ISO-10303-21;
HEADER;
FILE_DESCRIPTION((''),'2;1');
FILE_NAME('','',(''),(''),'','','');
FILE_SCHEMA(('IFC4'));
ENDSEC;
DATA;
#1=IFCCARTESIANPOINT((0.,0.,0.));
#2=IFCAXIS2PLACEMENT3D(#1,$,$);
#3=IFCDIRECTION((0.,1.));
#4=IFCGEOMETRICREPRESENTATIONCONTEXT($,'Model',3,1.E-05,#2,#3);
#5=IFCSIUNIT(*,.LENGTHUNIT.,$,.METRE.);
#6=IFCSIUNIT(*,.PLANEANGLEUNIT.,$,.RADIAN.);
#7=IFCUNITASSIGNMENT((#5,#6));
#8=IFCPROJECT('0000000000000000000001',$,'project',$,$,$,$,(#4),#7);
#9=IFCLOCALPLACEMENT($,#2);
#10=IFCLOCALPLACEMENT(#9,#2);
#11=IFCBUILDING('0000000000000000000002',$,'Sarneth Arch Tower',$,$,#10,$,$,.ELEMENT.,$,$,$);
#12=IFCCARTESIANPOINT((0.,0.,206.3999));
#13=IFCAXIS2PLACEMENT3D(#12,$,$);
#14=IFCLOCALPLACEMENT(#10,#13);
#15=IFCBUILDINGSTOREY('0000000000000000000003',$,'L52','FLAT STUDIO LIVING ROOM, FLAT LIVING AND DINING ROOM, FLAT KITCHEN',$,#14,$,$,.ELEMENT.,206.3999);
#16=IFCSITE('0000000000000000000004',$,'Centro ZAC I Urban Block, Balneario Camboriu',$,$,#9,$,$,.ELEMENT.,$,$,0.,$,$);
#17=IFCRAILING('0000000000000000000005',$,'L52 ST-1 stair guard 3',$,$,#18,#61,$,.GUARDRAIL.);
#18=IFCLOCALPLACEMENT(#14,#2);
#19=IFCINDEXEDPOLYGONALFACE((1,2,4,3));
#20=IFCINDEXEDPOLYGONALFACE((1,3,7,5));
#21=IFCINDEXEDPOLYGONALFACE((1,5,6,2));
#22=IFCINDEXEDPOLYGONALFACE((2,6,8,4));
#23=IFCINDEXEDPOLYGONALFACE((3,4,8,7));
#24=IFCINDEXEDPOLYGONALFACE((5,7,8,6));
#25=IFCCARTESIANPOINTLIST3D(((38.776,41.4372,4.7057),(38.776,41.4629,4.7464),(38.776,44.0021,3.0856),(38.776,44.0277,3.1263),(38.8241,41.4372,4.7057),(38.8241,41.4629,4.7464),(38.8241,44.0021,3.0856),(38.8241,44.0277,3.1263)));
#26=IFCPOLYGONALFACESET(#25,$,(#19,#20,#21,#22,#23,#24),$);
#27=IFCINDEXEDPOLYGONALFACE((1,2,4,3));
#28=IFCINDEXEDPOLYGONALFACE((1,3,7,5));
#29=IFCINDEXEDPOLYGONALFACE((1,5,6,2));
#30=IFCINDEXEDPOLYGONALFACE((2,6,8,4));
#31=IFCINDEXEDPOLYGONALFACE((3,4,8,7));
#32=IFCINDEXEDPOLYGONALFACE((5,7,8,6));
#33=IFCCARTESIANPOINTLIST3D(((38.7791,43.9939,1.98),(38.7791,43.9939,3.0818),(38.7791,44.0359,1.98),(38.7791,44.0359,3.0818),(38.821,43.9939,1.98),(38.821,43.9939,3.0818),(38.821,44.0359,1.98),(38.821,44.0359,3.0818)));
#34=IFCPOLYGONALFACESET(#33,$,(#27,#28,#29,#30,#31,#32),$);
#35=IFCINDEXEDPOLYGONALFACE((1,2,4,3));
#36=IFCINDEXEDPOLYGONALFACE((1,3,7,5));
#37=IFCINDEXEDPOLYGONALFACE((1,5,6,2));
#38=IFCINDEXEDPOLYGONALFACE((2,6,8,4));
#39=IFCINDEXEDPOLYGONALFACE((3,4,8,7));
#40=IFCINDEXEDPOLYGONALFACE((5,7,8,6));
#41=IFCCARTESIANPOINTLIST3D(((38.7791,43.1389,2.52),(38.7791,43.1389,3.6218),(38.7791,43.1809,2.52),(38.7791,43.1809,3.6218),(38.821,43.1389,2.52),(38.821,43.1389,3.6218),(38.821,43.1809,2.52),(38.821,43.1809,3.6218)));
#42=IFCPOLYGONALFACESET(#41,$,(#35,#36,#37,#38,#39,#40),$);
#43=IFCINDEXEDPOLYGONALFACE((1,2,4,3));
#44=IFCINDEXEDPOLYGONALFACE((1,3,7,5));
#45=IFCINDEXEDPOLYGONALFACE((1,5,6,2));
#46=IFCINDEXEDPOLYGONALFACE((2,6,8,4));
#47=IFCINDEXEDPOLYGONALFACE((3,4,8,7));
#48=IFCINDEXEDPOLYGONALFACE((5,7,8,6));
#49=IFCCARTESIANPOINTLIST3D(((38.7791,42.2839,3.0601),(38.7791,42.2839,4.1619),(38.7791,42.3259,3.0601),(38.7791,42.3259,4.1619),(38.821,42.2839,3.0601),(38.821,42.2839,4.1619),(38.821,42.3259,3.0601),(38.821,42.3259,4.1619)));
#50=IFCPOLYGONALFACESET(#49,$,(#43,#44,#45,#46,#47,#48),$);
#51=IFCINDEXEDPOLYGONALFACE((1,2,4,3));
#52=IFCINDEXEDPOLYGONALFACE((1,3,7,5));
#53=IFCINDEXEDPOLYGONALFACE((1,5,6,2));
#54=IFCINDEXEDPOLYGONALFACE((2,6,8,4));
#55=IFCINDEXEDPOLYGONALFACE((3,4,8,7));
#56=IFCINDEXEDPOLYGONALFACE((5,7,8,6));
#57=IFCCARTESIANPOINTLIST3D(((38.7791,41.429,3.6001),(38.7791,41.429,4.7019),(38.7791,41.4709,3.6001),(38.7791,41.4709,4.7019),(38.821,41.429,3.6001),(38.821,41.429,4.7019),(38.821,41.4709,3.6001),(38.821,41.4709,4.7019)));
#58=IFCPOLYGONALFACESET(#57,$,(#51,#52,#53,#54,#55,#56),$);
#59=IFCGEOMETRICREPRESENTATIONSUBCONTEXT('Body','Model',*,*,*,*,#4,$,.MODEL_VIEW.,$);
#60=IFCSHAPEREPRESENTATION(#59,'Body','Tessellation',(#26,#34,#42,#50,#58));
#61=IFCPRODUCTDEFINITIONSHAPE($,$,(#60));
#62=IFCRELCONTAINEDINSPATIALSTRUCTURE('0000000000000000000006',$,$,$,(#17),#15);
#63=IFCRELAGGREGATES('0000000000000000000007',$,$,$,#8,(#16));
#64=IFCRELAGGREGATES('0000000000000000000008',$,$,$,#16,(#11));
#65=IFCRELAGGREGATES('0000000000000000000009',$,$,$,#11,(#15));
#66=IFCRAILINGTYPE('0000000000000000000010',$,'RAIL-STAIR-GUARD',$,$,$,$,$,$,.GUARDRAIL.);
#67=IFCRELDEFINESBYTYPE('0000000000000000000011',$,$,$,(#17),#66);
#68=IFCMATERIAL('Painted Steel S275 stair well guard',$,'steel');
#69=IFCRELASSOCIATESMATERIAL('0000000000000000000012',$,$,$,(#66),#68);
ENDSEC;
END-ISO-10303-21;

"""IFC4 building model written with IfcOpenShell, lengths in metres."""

from ifc_helpers import new_model, si_unit, direction, frame, origin, origin_2d, place, context, subcontext, project, spatial, rectangle, extrude, material, type_object, element, save


model = new_model("IFC4")

# Units and contexts
model_context = context("Model", 3, precision=1e-05, world=origin(), true_north=direction((0.0, 1.0)))
body_context = subcontext(model_context, "Body", "Model", "MODEL_VIEW")
ifc_project = project(units=[si_unit("LENGTHUNIT", "METRE"), si_unit("PLANEANGLEUNIT", "RADIAN")], contexts=[model_context])

# Site, building, storey
site_placement = place(None, origin())
site = spatial("IfcSite", under=ifc_project, at=site_placement, Name="Centro ZAC I Urban Block, Balneario Camboriu", CompositionType="ELEMENT", RefElevation=0.0)
building_placement = place(site_placement, origin())
building = spatial("IfcBuilding", under=site, at=building_placement, Name="Sarneth Arch Tower", CompositionType="ELEMENT")
storey_placement = place(building_placement, frame((0.0, 0.0, 206.3999)))
storey = spatial("IfcBuildingStorey", under=building, at=storey_placement, Name="L52", Description="FLAT STUDIO LIVING ROOM, FLAT LIVING AND DINING ROOM, FLAT KITCHEN", CompositionType="ELEMENT", Elevation=206.3999)

# Railing
ifc_material_1 = material(Name="Painted Steel S275 stair well guard", Category="steel")
railing_type_1 = type_object("IfcRailingType", Name="RAIL-STAIR-GUARD", PredefinedType="GUARDRAIL", material=ifc_material_1)
railing_1_placement = place(storey_placement, frame((38.8, 44.0149, 1.98)))
element("IfcRailing", 1, at=railing_1_placement, inside=storey, type_object=railing_type_1, Name="L52 ST-1 stair guard 3", PredefinedType="GUARDRAIL", context=body_context, shape_type="SweptSolid", body=[
    extrude(rectangle(XDim=0.0481, YDim=0.0481, at=origin_2d()), frame((0.0, 0.0, 1.126), z_axis=(0.0, -0.845466, 0.534029), x_axis=(1.0, 0.0, 0.0)), (0.0, 0.0, 1.0), 3.0337),
    extrude(rectangle(XDim=0.042, YDim=0.042, at=origin_2d()), origin(), (0.0, 0.0, 1.0), 1.1018),
    extrude(rectangle(XDim=0.042, YDim=0.042, at=origin_2d()), frame((0.0, -0.855, 0.54)), (0.0, 0.0, 1.0), 1.1018),
    extrude(rectangle(XDim=0.042, YDim=0.042, at=origin_2d()), frame((0.0, -1.71, 1.0801)), (0.0, 0.0, 1.0), 1.1018),
    extrude(rectangle(XDim=0.042, YDim=0.042, at=origin_2d()), frame((0.0, -2.5649, 1.6201)), (0.0, 0.0, 1.0), 1.1018),
])

save(model, "model.ifc")
